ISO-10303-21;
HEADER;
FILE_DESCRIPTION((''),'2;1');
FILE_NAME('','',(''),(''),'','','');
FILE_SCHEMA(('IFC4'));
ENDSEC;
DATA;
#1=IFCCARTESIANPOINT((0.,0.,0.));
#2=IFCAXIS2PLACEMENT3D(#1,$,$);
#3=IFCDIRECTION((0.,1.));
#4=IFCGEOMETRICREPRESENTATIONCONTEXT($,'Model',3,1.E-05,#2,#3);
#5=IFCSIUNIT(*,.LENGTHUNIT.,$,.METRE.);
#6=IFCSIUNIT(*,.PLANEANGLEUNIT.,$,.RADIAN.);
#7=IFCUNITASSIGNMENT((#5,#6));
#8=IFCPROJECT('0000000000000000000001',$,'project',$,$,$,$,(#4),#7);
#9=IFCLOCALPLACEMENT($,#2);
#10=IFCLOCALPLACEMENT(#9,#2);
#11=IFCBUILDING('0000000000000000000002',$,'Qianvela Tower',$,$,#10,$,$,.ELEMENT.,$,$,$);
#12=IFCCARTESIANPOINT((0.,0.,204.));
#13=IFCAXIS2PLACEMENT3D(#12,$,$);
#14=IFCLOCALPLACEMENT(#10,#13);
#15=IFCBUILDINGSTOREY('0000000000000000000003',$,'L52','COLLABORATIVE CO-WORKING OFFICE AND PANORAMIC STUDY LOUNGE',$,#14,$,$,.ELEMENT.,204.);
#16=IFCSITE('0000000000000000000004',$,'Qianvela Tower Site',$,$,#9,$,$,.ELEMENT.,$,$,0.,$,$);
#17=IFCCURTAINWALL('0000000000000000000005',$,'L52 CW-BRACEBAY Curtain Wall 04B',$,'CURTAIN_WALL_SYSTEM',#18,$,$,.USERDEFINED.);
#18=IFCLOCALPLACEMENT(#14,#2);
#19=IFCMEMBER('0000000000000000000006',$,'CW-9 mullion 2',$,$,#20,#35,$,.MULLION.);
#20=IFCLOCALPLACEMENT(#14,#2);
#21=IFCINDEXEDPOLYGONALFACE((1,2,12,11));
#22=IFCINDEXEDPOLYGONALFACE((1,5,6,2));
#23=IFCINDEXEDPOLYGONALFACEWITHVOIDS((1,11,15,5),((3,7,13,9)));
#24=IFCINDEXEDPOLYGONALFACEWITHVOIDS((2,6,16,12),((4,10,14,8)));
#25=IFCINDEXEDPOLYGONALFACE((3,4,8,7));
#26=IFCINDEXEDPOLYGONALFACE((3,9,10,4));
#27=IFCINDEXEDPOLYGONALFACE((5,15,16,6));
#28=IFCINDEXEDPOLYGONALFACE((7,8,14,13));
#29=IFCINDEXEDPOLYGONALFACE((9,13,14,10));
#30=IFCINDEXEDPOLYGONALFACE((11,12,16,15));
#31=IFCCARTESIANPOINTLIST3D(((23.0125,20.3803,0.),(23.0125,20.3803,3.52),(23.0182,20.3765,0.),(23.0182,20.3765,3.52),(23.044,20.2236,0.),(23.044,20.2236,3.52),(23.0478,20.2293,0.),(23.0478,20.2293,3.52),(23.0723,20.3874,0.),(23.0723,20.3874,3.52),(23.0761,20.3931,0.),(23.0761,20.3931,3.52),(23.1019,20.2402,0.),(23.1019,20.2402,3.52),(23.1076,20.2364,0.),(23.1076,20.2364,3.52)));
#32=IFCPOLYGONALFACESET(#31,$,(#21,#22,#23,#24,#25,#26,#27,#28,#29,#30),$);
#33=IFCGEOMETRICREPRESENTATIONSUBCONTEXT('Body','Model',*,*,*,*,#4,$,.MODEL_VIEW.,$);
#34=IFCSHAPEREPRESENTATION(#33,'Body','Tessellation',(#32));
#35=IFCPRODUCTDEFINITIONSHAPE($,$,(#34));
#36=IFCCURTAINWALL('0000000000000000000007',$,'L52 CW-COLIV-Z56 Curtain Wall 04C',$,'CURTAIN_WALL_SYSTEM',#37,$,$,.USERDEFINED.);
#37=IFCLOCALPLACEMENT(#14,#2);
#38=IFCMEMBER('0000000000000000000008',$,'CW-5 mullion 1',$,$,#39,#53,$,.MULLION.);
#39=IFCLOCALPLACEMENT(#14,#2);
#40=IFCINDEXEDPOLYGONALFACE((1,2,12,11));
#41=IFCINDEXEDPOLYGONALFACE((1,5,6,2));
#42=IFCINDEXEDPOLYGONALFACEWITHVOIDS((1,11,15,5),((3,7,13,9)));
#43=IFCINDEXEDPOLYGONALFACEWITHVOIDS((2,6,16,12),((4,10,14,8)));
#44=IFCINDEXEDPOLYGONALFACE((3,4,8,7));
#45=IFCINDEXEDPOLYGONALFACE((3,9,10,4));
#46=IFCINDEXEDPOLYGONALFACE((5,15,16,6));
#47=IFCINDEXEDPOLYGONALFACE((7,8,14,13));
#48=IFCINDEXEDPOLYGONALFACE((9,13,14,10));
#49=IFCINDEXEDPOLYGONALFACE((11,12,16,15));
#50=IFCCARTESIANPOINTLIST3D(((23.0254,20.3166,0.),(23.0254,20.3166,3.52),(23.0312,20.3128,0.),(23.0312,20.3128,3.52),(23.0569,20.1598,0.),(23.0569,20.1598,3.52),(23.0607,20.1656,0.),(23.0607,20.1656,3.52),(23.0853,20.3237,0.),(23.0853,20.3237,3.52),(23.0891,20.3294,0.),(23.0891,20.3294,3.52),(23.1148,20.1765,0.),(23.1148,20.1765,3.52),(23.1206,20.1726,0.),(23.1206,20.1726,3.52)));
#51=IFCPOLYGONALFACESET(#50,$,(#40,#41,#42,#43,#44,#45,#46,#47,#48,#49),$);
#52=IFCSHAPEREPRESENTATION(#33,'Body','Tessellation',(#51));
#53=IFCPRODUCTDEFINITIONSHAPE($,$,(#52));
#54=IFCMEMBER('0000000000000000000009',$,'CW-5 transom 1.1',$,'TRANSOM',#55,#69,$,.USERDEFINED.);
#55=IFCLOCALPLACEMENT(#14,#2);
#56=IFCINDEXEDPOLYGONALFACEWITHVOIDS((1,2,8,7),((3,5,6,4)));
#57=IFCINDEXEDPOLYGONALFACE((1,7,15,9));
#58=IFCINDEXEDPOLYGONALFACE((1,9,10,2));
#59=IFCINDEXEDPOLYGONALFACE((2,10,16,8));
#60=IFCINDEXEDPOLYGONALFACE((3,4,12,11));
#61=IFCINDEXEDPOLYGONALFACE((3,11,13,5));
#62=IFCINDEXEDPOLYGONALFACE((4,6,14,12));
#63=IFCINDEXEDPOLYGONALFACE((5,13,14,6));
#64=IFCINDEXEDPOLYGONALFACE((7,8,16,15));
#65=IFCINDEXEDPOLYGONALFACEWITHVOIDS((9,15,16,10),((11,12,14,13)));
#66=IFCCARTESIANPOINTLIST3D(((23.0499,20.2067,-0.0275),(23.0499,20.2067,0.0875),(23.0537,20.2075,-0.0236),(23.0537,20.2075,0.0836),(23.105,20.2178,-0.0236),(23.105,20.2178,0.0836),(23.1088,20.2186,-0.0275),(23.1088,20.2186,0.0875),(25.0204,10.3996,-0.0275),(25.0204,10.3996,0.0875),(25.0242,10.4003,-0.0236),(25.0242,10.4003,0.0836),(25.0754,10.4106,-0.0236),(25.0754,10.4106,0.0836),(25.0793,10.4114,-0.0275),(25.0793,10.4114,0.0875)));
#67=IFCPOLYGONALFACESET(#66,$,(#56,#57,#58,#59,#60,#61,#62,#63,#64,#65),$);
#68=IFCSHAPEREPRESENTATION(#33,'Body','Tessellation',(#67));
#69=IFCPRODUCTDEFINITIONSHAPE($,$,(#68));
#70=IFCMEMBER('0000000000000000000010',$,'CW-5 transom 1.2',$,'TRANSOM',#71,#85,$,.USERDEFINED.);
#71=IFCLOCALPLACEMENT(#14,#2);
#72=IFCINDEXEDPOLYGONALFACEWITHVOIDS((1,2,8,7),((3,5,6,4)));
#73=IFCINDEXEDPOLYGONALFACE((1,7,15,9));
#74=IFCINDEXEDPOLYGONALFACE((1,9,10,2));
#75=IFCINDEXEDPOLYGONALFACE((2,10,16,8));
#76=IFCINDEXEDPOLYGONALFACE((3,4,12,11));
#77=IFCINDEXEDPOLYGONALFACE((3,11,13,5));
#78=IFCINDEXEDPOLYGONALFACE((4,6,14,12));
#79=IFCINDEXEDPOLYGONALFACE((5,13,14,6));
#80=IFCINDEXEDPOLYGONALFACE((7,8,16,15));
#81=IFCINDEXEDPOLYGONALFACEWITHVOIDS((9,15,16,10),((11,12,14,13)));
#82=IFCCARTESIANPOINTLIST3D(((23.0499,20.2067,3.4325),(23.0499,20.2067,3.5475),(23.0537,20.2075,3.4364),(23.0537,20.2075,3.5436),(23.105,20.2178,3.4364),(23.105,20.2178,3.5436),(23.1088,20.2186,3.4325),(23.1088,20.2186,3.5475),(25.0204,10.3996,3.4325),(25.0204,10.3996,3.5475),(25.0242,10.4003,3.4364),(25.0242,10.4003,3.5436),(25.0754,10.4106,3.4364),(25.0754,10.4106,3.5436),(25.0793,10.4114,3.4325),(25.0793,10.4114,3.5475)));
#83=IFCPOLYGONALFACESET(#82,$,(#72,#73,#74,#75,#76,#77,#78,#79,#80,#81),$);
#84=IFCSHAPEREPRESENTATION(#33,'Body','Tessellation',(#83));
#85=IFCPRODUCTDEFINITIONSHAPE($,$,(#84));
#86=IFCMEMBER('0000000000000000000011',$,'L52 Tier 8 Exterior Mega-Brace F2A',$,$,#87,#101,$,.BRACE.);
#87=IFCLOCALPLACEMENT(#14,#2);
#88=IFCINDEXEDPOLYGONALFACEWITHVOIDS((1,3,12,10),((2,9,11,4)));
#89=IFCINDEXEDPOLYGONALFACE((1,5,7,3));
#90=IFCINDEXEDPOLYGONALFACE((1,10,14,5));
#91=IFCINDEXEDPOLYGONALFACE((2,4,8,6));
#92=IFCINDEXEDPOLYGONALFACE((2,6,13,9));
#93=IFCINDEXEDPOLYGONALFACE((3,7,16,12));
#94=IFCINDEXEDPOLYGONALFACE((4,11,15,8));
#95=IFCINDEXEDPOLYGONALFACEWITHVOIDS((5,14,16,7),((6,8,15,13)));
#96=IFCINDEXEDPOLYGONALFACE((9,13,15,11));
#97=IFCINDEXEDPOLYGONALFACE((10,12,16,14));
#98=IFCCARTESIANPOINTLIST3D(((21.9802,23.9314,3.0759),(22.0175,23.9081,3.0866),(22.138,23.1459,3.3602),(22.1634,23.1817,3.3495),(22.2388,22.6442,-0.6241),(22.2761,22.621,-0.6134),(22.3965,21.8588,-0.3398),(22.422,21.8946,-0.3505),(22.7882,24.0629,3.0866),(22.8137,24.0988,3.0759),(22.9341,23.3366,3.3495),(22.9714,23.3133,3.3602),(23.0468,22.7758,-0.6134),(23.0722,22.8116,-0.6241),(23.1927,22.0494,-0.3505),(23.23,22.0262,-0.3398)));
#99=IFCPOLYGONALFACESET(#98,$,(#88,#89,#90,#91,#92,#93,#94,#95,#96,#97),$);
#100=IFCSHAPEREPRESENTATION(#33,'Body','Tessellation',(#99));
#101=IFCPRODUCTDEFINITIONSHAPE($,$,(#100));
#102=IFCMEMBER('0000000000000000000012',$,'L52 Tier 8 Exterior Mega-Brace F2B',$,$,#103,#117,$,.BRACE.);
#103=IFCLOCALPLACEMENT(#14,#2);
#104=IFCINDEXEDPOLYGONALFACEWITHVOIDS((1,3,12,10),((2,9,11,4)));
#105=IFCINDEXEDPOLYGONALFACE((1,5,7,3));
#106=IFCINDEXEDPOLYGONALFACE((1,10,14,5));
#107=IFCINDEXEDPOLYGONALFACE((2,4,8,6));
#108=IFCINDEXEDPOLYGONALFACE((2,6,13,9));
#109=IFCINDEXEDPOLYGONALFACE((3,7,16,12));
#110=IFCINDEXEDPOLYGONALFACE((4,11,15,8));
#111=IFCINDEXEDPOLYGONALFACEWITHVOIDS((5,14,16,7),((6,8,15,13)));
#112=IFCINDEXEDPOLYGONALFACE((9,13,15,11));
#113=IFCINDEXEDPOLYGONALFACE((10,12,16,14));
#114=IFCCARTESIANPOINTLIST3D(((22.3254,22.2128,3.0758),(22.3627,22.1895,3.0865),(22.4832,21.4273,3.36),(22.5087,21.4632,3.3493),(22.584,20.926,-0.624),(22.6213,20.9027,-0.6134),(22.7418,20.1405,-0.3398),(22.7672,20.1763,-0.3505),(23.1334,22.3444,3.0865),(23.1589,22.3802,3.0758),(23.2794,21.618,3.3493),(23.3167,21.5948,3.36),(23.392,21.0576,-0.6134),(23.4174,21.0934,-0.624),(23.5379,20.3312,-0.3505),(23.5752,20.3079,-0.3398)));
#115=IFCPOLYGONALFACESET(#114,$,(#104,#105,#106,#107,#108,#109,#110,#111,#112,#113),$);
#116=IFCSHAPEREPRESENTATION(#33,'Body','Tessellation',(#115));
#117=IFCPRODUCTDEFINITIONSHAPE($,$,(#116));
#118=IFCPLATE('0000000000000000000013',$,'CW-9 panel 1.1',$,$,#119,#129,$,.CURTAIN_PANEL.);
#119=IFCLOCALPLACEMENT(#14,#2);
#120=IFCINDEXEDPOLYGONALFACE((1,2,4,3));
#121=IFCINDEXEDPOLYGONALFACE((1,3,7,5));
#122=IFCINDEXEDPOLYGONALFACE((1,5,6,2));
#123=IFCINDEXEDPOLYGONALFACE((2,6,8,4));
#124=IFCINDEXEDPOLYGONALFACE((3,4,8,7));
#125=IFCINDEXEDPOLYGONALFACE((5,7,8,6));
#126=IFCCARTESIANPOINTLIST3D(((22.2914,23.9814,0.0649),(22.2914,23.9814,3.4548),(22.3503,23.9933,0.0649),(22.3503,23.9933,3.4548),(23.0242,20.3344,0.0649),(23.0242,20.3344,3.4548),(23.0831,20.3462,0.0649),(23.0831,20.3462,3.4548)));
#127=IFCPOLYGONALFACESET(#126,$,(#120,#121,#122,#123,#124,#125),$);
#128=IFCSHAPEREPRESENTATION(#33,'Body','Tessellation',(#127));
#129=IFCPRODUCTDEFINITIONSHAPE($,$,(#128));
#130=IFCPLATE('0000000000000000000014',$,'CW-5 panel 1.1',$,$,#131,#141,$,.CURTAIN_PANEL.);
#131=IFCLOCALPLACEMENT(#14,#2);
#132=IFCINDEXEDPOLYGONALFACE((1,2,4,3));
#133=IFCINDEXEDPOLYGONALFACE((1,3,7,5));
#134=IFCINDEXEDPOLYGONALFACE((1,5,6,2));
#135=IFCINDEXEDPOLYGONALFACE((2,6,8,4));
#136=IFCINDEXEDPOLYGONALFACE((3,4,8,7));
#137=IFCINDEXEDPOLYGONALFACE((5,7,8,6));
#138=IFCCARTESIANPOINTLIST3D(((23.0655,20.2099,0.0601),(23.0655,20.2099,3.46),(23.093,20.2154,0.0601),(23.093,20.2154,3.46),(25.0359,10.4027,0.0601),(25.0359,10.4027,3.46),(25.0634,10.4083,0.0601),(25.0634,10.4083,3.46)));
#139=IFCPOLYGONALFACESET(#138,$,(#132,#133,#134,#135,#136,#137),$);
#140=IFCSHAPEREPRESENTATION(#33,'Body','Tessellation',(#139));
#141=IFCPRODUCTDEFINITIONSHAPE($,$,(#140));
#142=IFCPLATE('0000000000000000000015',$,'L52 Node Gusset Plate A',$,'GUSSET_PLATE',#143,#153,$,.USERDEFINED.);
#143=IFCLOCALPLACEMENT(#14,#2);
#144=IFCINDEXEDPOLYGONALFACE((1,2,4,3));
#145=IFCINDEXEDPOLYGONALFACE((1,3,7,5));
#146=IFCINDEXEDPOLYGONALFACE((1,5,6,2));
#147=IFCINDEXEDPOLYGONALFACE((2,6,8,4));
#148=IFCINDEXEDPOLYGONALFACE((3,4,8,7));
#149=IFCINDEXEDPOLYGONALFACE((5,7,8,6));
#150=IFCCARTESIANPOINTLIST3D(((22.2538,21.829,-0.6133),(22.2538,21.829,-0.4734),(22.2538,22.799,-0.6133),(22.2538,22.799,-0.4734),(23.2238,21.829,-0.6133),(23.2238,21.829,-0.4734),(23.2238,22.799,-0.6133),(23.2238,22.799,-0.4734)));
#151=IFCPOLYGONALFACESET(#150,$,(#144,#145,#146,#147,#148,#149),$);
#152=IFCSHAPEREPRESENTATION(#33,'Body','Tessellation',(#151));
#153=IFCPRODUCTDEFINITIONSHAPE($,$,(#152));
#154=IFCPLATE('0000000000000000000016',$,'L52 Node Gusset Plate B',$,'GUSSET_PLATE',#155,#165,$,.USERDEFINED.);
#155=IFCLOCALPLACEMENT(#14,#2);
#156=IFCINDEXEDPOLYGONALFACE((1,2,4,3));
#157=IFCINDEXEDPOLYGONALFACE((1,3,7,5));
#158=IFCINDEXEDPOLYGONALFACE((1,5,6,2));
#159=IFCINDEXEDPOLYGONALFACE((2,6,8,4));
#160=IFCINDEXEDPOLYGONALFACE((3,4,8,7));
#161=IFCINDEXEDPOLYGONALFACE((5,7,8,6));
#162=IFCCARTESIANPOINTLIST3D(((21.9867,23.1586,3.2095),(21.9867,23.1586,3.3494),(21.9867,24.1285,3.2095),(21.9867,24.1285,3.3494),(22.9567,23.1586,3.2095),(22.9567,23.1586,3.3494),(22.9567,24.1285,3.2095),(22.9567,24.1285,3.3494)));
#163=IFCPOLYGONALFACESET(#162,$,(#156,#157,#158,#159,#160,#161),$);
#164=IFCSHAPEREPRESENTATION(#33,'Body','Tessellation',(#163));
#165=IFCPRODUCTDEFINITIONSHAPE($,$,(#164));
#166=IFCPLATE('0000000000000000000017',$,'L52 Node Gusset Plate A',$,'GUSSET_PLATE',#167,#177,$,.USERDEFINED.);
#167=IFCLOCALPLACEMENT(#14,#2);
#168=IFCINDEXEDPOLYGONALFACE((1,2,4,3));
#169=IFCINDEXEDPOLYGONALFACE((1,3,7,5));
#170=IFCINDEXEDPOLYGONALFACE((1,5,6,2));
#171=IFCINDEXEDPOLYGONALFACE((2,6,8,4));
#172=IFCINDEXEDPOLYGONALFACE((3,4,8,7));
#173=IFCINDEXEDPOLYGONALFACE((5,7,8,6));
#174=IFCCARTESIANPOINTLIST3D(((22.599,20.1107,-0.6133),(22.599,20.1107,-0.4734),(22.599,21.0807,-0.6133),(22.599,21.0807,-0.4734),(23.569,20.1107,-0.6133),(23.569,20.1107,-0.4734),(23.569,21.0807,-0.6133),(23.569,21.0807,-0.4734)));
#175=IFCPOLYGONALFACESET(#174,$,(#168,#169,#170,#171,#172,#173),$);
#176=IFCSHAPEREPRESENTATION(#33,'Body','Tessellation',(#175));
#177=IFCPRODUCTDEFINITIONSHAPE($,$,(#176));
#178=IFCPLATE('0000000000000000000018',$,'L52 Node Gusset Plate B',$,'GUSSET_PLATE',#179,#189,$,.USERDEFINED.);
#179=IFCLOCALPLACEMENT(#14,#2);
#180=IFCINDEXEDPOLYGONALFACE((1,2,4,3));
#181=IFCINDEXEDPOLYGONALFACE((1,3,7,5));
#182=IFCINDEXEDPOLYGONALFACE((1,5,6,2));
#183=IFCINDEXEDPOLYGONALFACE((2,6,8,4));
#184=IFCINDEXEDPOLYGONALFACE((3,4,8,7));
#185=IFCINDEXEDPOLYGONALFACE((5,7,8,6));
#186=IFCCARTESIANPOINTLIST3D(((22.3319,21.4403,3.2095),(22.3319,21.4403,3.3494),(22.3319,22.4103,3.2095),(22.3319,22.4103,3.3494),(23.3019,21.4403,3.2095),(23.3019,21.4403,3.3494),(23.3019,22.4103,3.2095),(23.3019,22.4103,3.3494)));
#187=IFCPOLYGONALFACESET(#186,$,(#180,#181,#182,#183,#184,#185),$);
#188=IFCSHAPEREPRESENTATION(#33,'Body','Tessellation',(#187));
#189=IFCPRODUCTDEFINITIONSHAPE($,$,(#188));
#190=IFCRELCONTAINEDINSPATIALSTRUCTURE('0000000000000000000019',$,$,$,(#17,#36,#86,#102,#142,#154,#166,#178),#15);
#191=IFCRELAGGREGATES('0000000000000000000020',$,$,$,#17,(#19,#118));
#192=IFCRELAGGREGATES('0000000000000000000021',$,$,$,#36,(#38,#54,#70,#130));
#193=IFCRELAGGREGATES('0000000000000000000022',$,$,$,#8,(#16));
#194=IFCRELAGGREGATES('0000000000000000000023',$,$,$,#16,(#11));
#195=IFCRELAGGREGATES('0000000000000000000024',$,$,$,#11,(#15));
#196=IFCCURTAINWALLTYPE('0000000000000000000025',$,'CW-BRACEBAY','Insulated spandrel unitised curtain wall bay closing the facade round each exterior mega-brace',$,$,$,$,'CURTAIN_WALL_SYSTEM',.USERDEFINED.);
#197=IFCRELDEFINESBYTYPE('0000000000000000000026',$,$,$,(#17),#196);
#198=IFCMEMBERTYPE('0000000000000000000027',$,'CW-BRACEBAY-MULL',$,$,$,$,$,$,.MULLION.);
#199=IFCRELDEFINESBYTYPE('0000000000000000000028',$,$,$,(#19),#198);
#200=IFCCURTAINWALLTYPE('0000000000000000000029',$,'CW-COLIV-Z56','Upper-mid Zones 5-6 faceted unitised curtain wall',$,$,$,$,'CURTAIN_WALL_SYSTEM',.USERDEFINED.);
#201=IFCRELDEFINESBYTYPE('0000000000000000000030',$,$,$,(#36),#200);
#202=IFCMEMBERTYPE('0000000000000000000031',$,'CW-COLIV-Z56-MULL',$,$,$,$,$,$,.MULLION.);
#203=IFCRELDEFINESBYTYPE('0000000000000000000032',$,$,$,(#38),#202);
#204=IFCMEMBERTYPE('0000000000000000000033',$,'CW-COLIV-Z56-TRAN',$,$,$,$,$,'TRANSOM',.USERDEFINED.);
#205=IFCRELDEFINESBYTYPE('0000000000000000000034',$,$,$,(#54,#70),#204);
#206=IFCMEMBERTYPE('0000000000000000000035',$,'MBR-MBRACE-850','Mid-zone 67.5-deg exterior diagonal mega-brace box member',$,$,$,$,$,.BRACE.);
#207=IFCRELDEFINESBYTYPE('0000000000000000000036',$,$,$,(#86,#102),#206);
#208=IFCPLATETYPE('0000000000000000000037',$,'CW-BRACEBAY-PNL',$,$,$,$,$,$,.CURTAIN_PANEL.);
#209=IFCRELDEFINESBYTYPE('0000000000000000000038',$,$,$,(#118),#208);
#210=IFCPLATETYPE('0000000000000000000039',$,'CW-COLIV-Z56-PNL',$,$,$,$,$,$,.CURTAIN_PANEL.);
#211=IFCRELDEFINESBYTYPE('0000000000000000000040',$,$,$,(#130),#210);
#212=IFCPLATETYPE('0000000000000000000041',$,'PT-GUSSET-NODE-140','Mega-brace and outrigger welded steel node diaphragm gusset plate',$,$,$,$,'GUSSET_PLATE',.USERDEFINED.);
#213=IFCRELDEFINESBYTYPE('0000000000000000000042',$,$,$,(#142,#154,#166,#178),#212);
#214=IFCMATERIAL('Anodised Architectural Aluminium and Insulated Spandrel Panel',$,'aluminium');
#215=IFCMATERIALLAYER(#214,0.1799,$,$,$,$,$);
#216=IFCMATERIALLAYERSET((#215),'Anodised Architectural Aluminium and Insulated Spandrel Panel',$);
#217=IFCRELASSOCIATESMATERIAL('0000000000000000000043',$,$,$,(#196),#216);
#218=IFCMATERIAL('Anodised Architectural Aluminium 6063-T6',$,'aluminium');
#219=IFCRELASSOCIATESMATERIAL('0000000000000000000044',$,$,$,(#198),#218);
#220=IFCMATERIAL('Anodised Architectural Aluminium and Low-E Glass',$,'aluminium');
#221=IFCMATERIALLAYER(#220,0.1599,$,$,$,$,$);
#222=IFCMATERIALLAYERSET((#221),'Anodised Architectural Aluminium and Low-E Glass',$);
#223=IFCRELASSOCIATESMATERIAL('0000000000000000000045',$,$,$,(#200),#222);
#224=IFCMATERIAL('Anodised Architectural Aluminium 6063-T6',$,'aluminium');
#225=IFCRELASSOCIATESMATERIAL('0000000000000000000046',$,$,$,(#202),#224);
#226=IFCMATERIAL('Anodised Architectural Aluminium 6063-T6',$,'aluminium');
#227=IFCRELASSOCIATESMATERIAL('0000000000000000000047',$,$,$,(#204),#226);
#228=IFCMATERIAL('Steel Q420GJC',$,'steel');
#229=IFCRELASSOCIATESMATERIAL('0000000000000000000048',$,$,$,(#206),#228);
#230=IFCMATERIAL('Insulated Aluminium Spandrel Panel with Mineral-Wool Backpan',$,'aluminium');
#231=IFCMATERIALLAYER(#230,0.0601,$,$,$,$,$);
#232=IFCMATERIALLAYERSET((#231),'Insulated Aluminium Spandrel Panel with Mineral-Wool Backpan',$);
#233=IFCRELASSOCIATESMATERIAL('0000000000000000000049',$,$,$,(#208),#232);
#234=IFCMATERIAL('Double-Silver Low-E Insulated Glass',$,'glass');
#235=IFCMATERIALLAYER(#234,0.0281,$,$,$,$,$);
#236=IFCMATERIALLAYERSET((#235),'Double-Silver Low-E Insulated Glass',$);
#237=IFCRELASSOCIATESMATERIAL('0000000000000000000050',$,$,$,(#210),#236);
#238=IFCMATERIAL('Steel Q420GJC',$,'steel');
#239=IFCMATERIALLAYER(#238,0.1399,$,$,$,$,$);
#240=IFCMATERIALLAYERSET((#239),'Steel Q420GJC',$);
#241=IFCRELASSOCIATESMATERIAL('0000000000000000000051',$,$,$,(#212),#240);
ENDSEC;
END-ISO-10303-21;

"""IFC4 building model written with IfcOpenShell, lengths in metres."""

from ifc_helpers import new_model, si_unit, direction, frame, origin, origin_2d, place, context, subcontext, project, spatial, rectangle, hollow_rectangle, extrude, material, layer, layer_set, material_profile, profile_set, type_object, element, aggregate, save


model = new_model("IFC4")

# Units and contexts
model_context = context("Model", 3, precision=1e-05, world=origin(), true_north=direction((0.0, 1.0)))
body_context = subcontext(model_context, "Body", "Model", "MODEL_VIEW")
ifc_project = project(units=[si_unit("LENGTHUNIT", "METRE"), si_unit("PLANEANGLEUNIT", "RADIAN")], contexts=[model_context])

# Site, building, storey
site_placement = place(None, origin())
site = spatial("IfcSite", under=ifc_project, at=site_placement, Name="Qianvela Tower Site", CompositionType="ELEMENT", RefElevation=0.0)
building_placement = place(site_placement, origin())
building = spatial("IfcBuilding", under=site, at=building_placement, Name="Qianvela Tower", CompositionType="ELEMENT")
storey_placement = place(building_placement, frame((0.0, 0.0, 204.0)))
storey = spatial("IfcBuildingStorey", under=building, at=storey_placement, Name="L52", Description="COLLABORATIVE CO-WORKING OFFICE AND PANORAMIC STUDY LOUNGE", CompositionType="ELEMENT", Elevation=204.0)

# Curtain wall, member
ifc_material_1 = material(Name="Anodised Architectural Aluminium and Insulated Spandrel Panel", Category="aluminium")
ifc_layer_1 = layer(ifc_material_1, 0.1799)
ifc_layer_set_1 = layer_set([ifc_layer_1], Name="Anodised Architectural Aluminium and Insulated Spandrel Panel")
curtain_wall_type_1 = type_object("IfcCurtainWallType", Name="CW-BRACEBAY", Description="Insulated spandrel unitised curtain wall bay closing the facade round each exterior mega-brace", ElementType="CURTAIN_WALL_SYSTEM", PredefinedType="USERDEFINED", material=ifc_layer_set_1)
curtain_wall_1_placement = place(storey_placement, origin())
curtain_wall_1 = element("IfcCurtainWall", 1, at=curtain_wall_1_placement, inside=storey, type_object=curtain_wall_type_1, Name="L52 CW-BRACEBAY Curtain Wall 04B", ObjectType="CURTAIN_WALL_SYSTEM", PredefinedType="USERDEFINED")
ifc_material_2 = material(Name="Anodised Architectural Aluminium 6063-T6", Category="aluminium")
ifc_material_profile_1 = material_profile(ifc_material_2, hollow_rectangle(XDim=0.0649, YDim=0.1599, WallThickness=0.0049, at=origin_2d()), Name="ALU-MULL-65x160")
ifc_profile_set_1 = profile_set([ifc_material_profile_1], Name="Anodised Architectural Aluminium 6063-T6")
member_type_1 = type_object("IfcMemberType", Name="CW-BRACEBAY-MULL", PredefinedType="MULLION", material=ifc_profile_set_1)
member_1_placement = place(storey_placement, frame((23.0601, 20.3083, 0.0), z_axis=(0.0, 0.0, 1.0), x_axis=(0.980406, 0.196985, 0.0)))
member_1 = element("IfcMember", 2, at=member_1_placement, type_object=member_type_1, Name="CW-9 mullion 2", PredefinedType="MULLION", context=body_context, shape_type="SweptSolid", body=[
    extrude(hollow_rectangle(XDim=0.0649, YDim=0.1599, WallThickness=0.0049, at=origin_2d()), origin(), (0.0, 0.0, 1.0), 3.52),
])

# Curtain wall, members
ifc_material_3 = material(Name="Anodised Architectural Aluminium and Low-E Glass", Category="aluminium")
ifc_layer_2 = layer(ifc_material_3, 0.1599)
ifc_layer_set_2 = layer_set([ifc_layer_2], Name="Anodised Architectural Aluminium and Low-E Glass")
curtain_wall_type_2 = type_object("IfcCurtainWallType", Name="CW-COLIV-Z56", Description="Upper-mid Zones 5-6 faceted unitised curtain wall", ElementType="CURTAIN_WALL_SYSTEM", PredefinedType="USERDEFINED", material=ifc_layer_set_2)
curtain_wall_2_placement = place(storey_placement, origin())
curtain_wall_2 = element("IfcCurtainWall", 3, at=curtain_wall_2_placement, inside=storey, type_object=curtain_wall_type_2, Name="L52 CW-COLIV-Z56 Curtain Wall 04C", ObjectType="CURTAIN_WALL_SYSTEM", PredefinedType="USERDEFINED")
ifc_material_4 = material(Name="Anodised Architectural Aluminium 6063-T6", Category="aluminium")
ifc_material_profile_2 = material_profile(ifc_material_4, hollow_rectangle(XDim=0.0649, YDim=0.1599, WallThickness=0.0049, at=origin_2d()), Name="ALU-MULL-65x160")
ifc_profile_set_2 = profile_set([ifc_material_profile_2], Name="Anodised Architectural Aluminium 6063-T6")
member_type_2 = type_object("IfcMemberType", Name="CW-COLIV-Z56-MULL", PredefinedType="MULLION", material=ifc_profile_set_2)
member_2_placement = place(storey_placement, frame((23.073, 20.2446, 0.0), z_axis=(0.0, 0.0, 1.0), x_axis=(0.980408, 0.196978, 0.0)))
member_2 = element("IfcMember", 4, at=member_2_placement, type_object=member_type_2, Name="CW-5 mullion 1", PredefinedType="MULLION", context=body_context, shape_type="SweptSolid", body=[
    extrude(hollow_rectangle(XDim=0.0649, YDim=0.1599, WallThickness=0.0049, at=origin_2d()), origin(), (0.0, 0.0, 1.0), 3.52),
])
ifc_material_5 = material(Name="Anodised Architectural Aluminium 6063-T6", Category="aluminium")
ifc_material_profile_3 = material_profile(ifc_material_5, hollow_rectangle(XDim=0.0601, YDim=0.115, WallThickness=0.0039, at=origin_2d()), Name="ALU-TRAN-60x115")
ifc_profile_set_3 = profile_set([ifc_material_profile_3], Name="Anodised Architectural Aluminium 6063-T6")
member_type_3 = type_object("IfcMemberType", Name="CW-COLIV-Z56-TRAN", ElementType="TRANSOM", PredefinedType="USERDEFINED", material=ifc_profile_set_3)
member_3_placement = place(storey_placement, frame((23.0793, 20.2126, 0.03), z_axis=(0.196984, -0.980407, 0.0), x_axis=(0.980407, 0.196984, 0.0)))
member_3 = element("IfcMember", 5, at=member_3_placement, type_object=member_type_3, Name="CW-5 transom 1.1", ObjectType="TRANSOM", PredefinedType="USERDEFINED", context=body_context, shape_type="SweptSolid", body=[
    extrude(hollow_rectangle(XDim=0.0601, YDim=0.115, WallThickness=0.0039, at=origin_2d()), origin(), (0.0, 0.0, 1.0), 10.0032),
])
member_4_placement = place(storey_placement, frame((23.0793, 20.2126, 3.49), z_axis=(0.196984, -0.980407, 0.0), x_axis=(0.980407, 0.196984, 0.0)))
member_4 = element("IfcMember", 6, at=member_4_placement, type_object=member_type_3, Name="CW-5 transom 1.2", ObjectType="TRANSOM", PredefinedType="USERDEFINED", context=body_context, shape_type="SweptSolid", body=[
    extrude(hollow_rectangle(XDim=0.0601, YDim=0.115, WallThickness=0.0039, at=origin_2d()), origin(), (0.0, 0.0, 1.0), 10.0032),
])

# Members
ifc_material_6 = material(Name="Steel Q420GJC", Category="steel")
ifc_material_profile_4 = material_profile(ifc_material_6, hollow_rectangle(XDim=0.8501, YDim=0.8501, WallThickness=0.032, at=origin_2d()), Name="MBOX-850x850x32")
ifc_profile_set_4 = profile_set([ifc_material_profile_4], Name="Steel Q420GJC")
member_type_4 = type_object("IfcMemberType", Name="MBR-MBRACE-850", Description="Mid-zone 67.5-deg exterior diagonal mega-brace box member", PredefinedType="BRACE", material=ifc_profile_set_4)
member_5_placement = place(storey_placement, frame((22.7344, 22.3352, -0.4819), z_axis=(-0.065855, 0.327846, 0.942433), x_axis=(-0.980416, -0.196939, 0.0)))
element("IfcMember", 7, at=member_5_placement, inside=storey, type_object=member_type_4, Name="L52 Tier 8 Exterior Mega-Brace F2A", PredefinedType="BRACE", context=body_context, shape_type="SweptSolid", body=[
    extrude(hollow_rectangle(XDim=0.8501, YDim=0.8501, WallThickness=0.032, at=origin_2d()), origin(), (0.0, 0.0, 1.0), 3.926),
])
member_6_placement = place(storey_placement, frame((23.0796, 20.6169, -0.4819), z_axis=(-0.065857, 0.327791, 0.942452), x_axis=(-0.980409, -0.196975, 0.0)))
element("IfcMember", 8, at=member_6_placement, inside=storey, type_object=member_type_4, Name="L52 Tier 8 Exterior Mega-Brace F2B", PredefinedType="BRACE", context=body_context, shape_type="SweptSolid", body=[
    extrude(hollow_rectangle(XDim=0.8501, YDim=0.8501, WallThickness=0.032, at=origin_2d()), origin(), (0.0, 0.0, 1.0), 3.9258),
])

# Plates
ifc_material_7 = material(Name="Insulated Aluminium Spandrel Panel with Mineral-Wool Backpan", Category="aluminium")
ifc_layer_3 = layer(ifc_material_7, 0.0601)
ifc_layer_set_3 = layer_set([ifc_layer_3], Name="Insulated Aluminium Spandrel Panel with Mineral-Wool Backpan")
plate_type_1 = type_object("IfcPlateType", Name="CW-BRACEBAY-PNL", PredefinedType="CURTAIN_PANEL", material=ifc_layer_set_3)
plate_1_placement = place(storey_placement, frame((22.6873, 22.1638, 0.0649), z_axis=(0.0, 0.0, 1.0), x_axis=(0.196985, -0.980406, 0.0)))
plate_1 = element("IfcPlate", 9, at=plate_1_placement, type_object=plate_type_1, Name="CW-9 panel 1.1", PredefinedType="CURTAIN_PANEL", context=body_context, shape_type="SweptSolid", body=[
    extrude(rectangle(XDim=3.72, YDim=0.0601, at=origin_2d()), origin(), (0.0, 0.0, 1.0), 3.3899),
])
aggregate(curtain_wall_1, [member_1, plate_1])
ifc_material_8 = material(Name="Double-Silver Low-E Insulated Glass", Category="glass")
ifc_layer_4 = layer(ifc_material_8, 0.0281)
ifc_layer_set_4 = layer_set([ifc_layer_4], Name="Double-Silver Low-E Insulated Glass")
plate_type_2 = type_object("IfcPlateType", Name="CW-COLIV-Z56-PNL", PredefinedType="CURTAIN_PANEL", material=ifc_layer_set_4)
plate_2_placement = place(storey_placement, frame((24.0645, 15.3091, 0.0601), z_axis=(0.0, 0.0, 1.0), x_axis=(0.196978, -0.980408, 0.0)))
plate_2 = element("IfcPlate", 10, at=plate_2_placement, type_object=plate_type_2, Name="CW-5 panel 1.1", PredefinedType="CURTAIN_PANEL", context=body_context, shape_type="SweptSolid", body=[
    extrude(rectangle(XDim=10.0032, YDim=0.0281, at=origin_2d()), origin(), (0.0, 0.0, 1.0), 3.3999),
])
aggregate(curtain_wall_2, [member_2, member_3, member_4, plate_2])

# Plates
ifc_material_9 = material(Name="Steel Q420GJC", Category="steel")
ifc_layer_5 = layer(ifc_material_9, 0.1399)
ifc_layer_set_5 = layer_set([ifc_layer_5], Name="Steel Q420GJC")
plate_type_3 = type_object("IfcPlateType", Name="PT-GUSSET-NODE-140", Description="Mega-brace and outrigger welded steel node diaphragm gusset plate", ElementType="GUSSET_PLATE", PredefinedType="USERDEFINED", material=ifc_layer_set_5)
for number, where, z_axis, x_axis, name in (
    (11, (22.7388, 22.314, -0.6133), (0.0, 0.0, 1.0), (1.0, 0.0, 0.0), "L52 Node Gusset Plate A"),
    (12, (22.4717, 23.6436, 3.2095), (0.0, 0.0, 1.0), (1.0, 0.0, 0.0), "L52 Node Gusset Plate B"),
    (13, (23.084, 20.5957, -0.6133), (0.0, 0.0, 1.0), (1.0, 0.0, 0.0), "L52 Node Gusset Plate A"),
    (14, (22.8169, 21.9253, 3.2095), (0.0, 0.0, 1.0), (1.0, 0.0, 0.0), "L52 Node Gusset Plate B"),
):
    element("IfcPlate", number, at=place(storey_placement, frame(where, z_axis=z_axis, x_axis=x_axis)), inside=storey, type_object=plate_type_3, Name=name, ObjectType="GUSSET_PLATE", PredefinedType="USERDEFINED", context=body_context, shape_type="SweptSolid", body=[
        extrude(rectangle(XDim=0.97, YDim=0.97, at=origin_2d()), origin(), (0.0, 0.0, 1.0), 0.1399),
    ])

save(model, "model.ifc")
